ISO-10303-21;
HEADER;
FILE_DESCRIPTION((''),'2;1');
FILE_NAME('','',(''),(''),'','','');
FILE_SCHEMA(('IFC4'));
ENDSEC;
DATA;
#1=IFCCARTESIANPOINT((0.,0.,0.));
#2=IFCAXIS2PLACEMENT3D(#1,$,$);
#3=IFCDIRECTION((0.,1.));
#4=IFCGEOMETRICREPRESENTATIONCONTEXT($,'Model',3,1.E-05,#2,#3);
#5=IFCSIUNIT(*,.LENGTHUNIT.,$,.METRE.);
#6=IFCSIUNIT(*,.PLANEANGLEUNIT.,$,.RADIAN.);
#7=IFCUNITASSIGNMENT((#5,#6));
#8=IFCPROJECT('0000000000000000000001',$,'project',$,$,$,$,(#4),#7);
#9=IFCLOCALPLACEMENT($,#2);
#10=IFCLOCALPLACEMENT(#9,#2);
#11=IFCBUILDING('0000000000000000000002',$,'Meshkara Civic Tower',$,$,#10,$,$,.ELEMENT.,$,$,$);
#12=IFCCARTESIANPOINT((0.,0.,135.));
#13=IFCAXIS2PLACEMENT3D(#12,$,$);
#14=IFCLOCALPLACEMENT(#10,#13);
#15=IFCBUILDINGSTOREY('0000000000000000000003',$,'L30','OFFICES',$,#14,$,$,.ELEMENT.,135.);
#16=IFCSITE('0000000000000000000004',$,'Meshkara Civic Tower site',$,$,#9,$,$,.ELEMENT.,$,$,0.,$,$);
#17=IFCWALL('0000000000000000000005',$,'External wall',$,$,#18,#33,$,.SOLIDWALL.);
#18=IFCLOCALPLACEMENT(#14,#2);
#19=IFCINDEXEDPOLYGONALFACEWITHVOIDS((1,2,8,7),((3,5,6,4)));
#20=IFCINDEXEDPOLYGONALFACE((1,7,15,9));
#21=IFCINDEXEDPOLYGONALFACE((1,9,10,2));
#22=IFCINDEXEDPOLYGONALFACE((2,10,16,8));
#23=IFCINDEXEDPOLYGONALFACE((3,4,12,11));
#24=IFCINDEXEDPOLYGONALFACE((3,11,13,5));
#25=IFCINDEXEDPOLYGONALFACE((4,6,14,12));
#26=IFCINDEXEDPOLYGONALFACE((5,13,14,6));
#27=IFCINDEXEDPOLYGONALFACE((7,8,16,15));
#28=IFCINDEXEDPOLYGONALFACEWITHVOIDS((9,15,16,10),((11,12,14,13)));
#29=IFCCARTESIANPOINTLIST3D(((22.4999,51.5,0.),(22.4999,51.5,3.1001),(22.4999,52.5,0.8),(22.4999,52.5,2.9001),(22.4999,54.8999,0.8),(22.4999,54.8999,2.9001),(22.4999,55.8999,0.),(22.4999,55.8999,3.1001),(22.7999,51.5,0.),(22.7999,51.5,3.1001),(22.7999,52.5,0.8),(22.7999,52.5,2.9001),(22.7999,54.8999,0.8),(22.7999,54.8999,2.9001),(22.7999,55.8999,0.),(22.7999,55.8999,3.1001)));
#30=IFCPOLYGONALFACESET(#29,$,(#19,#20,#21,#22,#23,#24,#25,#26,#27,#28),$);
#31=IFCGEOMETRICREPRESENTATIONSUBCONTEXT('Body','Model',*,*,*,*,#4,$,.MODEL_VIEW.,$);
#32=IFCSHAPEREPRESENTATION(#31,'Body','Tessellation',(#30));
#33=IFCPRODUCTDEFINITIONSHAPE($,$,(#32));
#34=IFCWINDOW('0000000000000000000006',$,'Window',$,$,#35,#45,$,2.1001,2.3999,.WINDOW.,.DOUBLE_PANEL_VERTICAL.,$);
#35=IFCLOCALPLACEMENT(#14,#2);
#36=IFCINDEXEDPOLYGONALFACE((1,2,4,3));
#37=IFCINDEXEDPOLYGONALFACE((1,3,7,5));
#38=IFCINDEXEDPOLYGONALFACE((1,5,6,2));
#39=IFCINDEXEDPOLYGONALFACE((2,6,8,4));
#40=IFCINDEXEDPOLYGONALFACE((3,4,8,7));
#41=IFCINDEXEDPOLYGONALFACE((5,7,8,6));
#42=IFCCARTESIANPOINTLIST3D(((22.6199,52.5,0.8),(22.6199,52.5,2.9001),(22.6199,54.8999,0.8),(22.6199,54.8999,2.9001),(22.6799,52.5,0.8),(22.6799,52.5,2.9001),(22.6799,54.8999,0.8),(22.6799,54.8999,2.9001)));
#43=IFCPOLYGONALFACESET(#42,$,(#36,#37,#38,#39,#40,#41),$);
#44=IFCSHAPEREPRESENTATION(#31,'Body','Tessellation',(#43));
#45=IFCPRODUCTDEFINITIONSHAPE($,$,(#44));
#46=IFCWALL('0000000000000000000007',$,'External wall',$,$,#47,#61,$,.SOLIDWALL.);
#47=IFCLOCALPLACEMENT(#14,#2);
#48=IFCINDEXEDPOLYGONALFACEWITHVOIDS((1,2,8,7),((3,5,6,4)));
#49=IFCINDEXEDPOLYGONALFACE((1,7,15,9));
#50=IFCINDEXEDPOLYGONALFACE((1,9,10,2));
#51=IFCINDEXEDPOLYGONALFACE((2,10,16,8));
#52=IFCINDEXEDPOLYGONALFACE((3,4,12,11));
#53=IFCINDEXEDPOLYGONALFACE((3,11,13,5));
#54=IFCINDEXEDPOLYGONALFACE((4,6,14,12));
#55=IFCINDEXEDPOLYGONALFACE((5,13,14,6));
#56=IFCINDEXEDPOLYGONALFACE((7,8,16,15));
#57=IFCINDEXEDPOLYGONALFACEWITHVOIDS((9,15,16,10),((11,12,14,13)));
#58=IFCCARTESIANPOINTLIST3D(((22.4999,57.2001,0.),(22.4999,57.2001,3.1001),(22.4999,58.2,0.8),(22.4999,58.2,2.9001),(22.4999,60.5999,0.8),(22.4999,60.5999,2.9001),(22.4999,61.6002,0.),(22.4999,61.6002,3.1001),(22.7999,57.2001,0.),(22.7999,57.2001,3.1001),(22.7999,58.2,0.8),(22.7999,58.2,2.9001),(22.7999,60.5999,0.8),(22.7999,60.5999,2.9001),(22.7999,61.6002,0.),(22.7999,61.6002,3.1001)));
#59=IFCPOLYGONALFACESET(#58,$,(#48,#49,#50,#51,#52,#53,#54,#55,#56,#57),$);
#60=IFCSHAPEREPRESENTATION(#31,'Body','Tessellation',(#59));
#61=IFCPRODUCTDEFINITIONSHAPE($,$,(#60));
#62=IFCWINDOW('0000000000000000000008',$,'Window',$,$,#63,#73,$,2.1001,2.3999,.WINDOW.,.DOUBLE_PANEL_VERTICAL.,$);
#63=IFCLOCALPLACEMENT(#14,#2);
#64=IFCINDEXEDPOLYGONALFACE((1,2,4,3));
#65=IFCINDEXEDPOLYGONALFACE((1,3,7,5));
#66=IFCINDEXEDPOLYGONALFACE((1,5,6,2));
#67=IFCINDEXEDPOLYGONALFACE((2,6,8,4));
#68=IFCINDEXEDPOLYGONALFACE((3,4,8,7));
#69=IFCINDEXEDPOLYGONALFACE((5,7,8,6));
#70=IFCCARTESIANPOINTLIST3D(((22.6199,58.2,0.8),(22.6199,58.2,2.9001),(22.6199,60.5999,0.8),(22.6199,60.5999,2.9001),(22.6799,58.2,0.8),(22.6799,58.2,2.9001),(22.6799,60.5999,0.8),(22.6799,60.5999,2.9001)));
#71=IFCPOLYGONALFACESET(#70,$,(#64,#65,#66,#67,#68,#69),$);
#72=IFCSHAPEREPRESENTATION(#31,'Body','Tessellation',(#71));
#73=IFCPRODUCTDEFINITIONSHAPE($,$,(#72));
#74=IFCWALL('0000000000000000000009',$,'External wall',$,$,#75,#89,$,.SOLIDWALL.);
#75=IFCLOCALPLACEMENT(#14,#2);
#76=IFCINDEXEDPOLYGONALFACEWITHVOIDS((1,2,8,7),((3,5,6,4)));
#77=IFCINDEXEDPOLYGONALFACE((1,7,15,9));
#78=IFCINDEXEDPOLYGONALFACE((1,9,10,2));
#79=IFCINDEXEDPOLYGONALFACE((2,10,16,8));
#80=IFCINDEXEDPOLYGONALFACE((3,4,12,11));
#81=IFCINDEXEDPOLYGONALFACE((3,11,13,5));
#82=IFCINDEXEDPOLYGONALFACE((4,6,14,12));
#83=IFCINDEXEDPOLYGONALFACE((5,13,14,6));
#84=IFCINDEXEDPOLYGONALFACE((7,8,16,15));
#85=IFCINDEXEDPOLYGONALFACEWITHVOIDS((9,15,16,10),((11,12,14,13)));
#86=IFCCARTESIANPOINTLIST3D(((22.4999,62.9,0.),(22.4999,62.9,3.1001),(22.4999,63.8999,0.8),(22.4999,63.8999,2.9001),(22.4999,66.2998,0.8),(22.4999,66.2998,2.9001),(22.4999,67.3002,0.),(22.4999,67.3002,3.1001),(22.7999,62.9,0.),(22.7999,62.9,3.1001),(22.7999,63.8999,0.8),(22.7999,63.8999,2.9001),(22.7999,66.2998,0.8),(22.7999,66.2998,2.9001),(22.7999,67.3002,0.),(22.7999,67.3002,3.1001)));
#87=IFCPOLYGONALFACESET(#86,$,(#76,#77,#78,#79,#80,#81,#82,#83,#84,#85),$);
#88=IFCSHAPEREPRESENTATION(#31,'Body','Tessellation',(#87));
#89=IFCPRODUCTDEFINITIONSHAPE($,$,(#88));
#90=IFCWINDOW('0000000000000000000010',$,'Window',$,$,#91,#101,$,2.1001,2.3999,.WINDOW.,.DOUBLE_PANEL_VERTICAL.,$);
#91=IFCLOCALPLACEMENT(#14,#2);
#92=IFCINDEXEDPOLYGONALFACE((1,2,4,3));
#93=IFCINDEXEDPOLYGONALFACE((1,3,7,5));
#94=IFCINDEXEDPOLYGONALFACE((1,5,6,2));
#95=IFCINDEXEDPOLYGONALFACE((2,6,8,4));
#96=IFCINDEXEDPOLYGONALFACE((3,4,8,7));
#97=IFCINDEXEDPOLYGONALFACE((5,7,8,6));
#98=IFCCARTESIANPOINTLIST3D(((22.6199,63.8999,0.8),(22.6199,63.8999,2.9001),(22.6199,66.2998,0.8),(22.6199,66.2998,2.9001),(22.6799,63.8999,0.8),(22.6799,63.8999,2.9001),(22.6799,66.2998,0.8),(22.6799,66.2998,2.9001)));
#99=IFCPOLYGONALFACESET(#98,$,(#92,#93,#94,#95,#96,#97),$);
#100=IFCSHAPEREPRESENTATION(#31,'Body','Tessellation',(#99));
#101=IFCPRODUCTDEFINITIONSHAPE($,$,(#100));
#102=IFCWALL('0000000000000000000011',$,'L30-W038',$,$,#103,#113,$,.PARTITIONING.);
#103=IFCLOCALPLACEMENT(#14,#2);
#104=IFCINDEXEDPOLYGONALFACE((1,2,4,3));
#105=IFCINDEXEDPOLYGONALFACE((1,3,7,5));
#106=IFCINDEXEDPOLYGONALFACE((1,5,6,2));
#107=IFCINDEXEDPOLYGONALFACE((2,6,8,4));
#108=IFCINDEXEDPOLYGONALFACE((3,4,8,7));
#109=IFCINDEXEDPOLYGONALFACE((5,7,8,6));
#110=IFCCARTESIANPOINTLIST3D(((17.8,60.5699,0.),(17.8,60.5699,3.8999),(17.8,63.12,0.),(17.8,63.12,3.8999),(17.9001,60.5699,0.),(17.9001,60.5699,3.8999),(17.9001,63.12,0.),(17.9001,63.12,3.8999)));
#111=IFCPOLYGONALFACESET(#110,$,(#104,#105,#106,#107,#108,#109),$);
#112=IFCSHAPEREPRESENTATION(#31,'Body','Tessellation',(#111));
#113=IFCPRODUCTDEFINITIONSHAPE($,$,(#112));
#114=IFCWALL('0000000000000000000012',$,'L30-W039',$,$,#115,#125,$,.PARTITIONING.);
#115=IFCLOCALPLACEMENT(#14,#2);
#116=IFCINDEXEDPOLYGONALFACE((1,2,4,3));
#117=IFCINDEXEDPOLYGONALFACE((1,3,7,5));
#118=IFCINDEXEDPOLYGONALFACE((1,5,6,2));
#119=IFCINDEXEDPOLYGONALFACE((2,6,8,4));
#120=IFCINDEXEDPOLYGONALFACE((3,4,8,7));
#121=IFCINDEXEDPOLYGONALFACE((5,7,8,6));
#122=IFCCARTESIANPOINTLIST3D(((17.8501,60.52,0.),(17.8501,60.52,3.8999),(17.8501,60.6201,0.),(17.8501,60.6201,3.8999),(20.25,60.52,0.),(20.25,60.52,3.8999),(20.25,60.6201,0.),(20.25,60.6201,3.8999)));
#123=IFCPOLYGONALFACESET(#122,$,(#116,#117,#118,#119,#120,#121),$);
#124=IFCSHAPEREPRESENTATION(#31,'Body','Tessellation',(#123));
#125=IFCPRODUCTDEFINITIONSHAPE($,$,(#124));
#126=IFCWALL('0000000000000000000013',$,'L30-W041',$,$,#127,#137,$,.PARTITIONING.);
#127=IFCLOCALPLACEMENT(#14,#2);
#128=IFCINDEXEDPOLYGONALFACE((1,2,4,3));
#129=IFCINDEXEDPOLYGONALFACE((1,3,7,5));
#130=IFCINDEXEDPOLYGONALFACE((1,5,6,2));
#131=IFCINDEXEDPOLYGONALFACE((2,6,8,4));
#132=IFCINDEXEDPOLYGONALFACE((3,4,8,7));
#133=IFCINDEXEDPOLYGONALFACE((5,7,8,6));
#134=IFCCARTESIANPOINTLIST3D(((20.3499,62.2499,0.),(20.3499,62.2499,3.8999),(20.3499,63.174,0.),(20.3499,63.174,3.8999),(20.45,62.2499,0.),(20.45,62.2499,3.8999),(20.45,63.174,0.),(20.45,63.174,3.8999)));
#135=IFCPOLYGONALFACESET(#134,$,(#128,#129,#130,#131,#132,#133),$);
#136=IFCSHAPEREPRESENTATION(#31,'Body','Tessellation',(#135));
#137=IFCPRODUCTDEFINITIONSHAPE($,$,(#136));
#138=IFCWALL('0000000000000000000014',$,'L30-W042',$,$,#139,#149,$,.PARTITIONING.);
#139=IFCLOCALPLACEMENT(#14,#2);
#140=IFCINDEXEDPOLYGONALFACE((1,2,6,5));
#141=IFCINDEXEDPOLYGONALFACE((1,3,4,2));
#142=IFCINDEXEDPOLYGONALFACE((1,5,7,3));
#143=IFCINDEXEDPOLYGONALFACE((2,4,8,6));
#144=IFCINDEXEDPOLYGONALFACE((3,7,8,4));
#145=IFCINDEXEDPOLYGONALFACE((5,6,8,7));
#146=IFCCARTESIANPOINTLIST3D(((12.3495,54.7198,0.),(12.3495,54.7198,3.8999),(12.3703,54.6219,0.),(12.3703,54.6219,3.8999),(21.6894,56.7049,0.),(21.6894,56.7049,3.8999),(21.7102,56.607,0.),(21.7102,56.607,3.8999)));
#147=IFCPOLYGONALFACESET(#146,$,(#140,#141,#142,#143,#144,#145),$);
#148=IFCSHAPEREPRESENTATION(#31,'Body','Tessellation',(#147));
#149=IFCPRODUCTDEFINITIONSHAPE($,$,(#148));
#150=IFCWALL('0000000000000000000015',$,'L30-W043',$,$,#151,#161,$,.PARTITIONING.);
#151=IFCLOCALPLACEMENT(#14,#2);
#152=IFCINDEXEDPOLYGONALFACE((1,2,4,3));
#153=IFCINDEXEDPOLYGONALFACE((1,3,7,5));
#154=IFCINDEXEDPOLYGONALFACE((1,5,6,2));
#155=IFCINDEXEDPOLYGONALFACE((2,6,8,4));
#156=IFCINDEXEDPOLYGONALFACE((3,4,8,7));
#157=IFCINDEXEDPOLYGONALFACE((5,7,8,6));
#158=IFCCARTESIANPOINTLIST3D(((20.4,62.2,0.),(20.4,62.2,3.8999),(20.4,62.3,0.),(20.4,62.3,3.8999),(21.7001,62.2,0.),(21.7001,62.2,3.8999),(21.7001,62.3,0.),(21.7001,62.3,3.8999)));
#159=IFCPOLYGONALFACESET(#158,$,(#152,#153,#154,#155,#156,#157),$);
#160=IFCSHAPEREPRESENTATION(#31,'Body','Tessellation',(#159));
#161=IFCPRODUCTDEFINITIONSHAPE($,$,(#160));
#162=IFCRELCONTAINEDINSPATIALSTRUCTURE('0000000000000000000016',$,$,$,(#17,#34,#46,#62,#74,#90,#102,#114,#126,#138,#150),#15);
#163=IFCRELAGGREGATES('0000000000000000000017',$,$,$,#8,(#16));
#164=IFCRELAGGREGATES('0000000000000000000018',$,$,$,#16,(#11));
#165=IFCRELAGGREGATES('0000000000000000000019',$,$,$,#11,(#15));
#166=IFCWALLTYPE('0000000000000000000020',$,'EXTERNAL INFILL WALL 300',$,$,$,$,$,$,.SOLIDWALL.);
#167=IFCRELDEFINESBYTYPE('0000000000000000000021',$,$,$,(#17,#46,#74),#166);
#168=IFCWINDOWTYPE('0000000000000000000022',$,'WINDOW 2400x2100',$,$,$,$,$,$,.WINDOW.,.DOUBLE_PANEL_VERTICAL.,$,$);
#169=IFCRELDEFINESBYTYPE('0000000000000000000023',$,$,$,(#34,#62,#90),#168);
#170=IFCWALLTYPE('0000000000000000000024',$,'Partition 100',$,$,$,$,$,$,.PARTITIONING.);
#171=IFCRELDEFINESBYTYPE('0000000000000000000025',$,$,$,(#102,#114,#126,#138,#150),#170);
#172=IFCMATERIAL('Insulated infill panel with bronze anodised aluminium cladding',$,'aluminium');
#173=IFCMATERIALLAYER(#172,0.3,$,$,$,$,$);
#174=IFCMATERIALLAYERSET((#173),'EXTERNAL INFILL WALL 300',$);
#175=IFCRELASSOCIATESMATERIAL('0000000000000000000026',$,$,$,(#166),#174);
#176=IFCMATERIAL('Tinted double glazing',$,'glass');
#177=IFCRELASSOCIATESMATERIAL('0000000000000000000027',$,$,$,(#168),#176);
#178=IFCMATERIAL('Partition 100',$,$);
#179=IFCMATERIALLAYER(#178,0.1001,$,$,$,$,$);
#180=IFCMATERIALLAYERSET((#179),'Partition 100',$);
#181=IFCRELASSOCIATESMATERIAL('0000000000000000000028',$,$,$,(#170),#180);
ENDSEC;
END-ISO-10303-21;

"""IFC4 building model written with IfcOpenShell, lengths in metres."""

from ifc_helpers import new_model, si_unit, direction, frame, frame_2d, origin, place, context, subcontext, project, spatial, rectangle, extrude, material, layer, layer_set, type_object, element, fill, save


model = new_model("IFC4")

# Units and contexts
model_context = context("Model", 3, precision=1e-05, world=origin(), true_north=direction((0.0, 1.0)))
body_context = subcontext(model_context, "Body", "Model", "MODEL_VIEW")
ifc_project = project(units=[si_unit("LENGTHUNIT", "METRE"), si_unit("PLANEANGLEUNIT", "RADIAN")], contexts=[model_context])

# Site, building, storey
site_placement = place(None, origin())
site = spatial("IfcSite", under=ifc_project, at=site_placement, Name="Meshkara Civic Tower site", CompositionType="ELEMENT", RefElevation=0.0)
building_placement = place(site_placement, origin())
building = spatial("IfcBuilding", under=site, at=building_placement, Name="Meshkara Civic Tower", CompositionType="ELEMENT")
storey_placement = place(building_placement, frame((0.0, 0.0, 135.0)))
storey = spatial("IfcBuildingStorey", under=building, at=storey_placement, Name="L30", Description="OFFICES", CompositionType="ELEMENT", Elevation=135.0)

# Walls, openings, windows
ifc_material_1 = material(Name="Insulated infill panel with bronze anodised aluminium cladding", Category="aluminium")
ifc_layer_1 = layer(ifc_material_1, 0.3)
ifc_layer_set_1 = layer_set([ifc_layer_1], Name="EXTERNAL INFILL WALL 300")
wall_type_1 = type_object("IfcWallType", Name="EXTERNAL INFILL WALL 300", PredefinedType="SOLIDWALL", material=ifc_layer_set_1)
ifc_material_2 = material(Name="Tinted double glazing", Category="glass")
window_type = type_object("IfcWindowType", Name="WINDOW 2400x2100", PartitioningType="DOUBLE_PANEL_VERTICAL", PredefinedType="WINDOW", material=ifc_material_2)
wall_1_placement = place(storey_placement, frame((22.6499, 51.5, 0.0), z_axis=(0.0, 0.0, 1.0), x_axis=(0.0, 1.0, 0.0)))
wall_1 = element("IfcWall", 1, at=wall_1_placement, inside=storey, type_object=wall_type_1, Name="External wall", PredefinedType="SOLIDWALL", context=body_context, shape_type="SweptSolid", body=[
    extrude(rectangle(XDim=4.3999, YDim=0.3, at=frame_2d((2.2, 0.0))), origin(), (0.0, 0.0, 1.0), 3.1001),
])
opening_1_placement = place(wall_1_placement, frame((1.0, 0.0, 0.8)))
opening_1 = element("IfcOpeningElement", 2, at=opening_1_placement, cuts=wall_1, PredefinedType="OPENING", context=body_context, shape_type="SweptSolid", body=[
    extrude(rectangle(XDim=2.3999, YDim=2.1001, at=frame_2d((1.2, 1.05))), frame((0.0, 0.1599, 0.0), z_axis=(0.0, -1.0, 0.0), x_axis=(1.0, 0.0, 0.0)), (0.0, 0.0, 1.0), 0.3201),
])
window_1_placement = place(opening_1_placement, origin())
window_1 = element("IfcWindow", 3, at=window_1_placement, inside=storey, type_object=window_type, Name="Window", OverallHeight=2.1001, OverallWidth=2.3999, PartitioningType="DOUBLE_PANEL_VERTICAL", PredefinedType="WINDOW", context=body_context, shape_type="SweptSolid", body=[
    extrude(rectangle(XDim=2.3999, YDim=2.1001, at=frame_2d((1.2, 1.05))), frame((0.0, 0.03, 0.0), z_axis=(0.0, -1.0, 0.0), x_axis=(1.0, 0.0, 0.0)), (0.0, 0.0, 1.0), 0.0601),
])
fill(opening_1, window_1)
wall_2_placement = place(storey_placement, frame((22.6499, 57.2, 0.0), z_axis=(0.0, 0.0, 1.0), x_axis=(0.0, 1.0, 0.0)))
wall_2 = element("IfcWall", 4, at=wall_2_placement, inside=storey, type_object=wall_type_1, Name="External wall", PredefinedType="SOLIDWALL", context=body_context, shape_type="SweptSolid", body=[
    extrude(rectangle(XDim=4.4001, YDim=0.3, at=frame_2d((2.2002, 0.0))), origin(), (0.0, 0.0, 1.0), 3.1001),
])
opening_2_placement = place(wall_2_placement, frame((1.0, 0.0, 0.8)))
opening_2 = element("IfcOpeningElement", 5, at=opening_2_placement, cuts=wall_2, PredefinedType="OPENING", context=body_context, shape_type="SweptSolid", body=[
    extrude(rectangle(XDim=2.3999, YDim=2.1001, at=frame_2d((1.2, 1.05))), frame((0.0, 0.1599, 0.0), z_axis=(0.0, -1.0, 0.0), x_axis=(1.0, 0.0, 0.0)), (0.0, 0.0, 1.0), 0.3201),
])
window_2_placement = place(opening_2_placement, origin())
window_2 = element("IfcWindow", 6, at=window_2_placement, inside=storey, type_object=window_type, Name="Window", OverallHeight=2.1001, OverallWidth=2.3999, PartitioningType="DOUBLE_PANEL_VERTICAL", PredefinedType="WINDOW", context=body_context, shape_type="SweptSolid", body=[
    extrude(rectangle(XDim=2.3999, YDim=2.1001, at=frame_2d((1.2, 1.05))), frame((0.0, 0.03, 0.0), z_axis=(0.0, -1.0, 0.0), x_axis=(1.0, 0.0, 0.0)), (0.0, 0.0, 1.0), 0.0601),
])
fill(opening_2, window_2)
wall_3_placement = place(storey_placement, frame((22.6499, 62.8999, 0.0), z_axis=(0.0, 0.0, 1.0), x_axis=(0.0, 1.0, 0.0)))
wall_3 = element("IfcWall", 7, at=wall_3_placement, inside=storey, type_object=wall_type_1, Name="External wall", PredefinedType="SOLIDWALL", context=body_context, shape_type="SweptSolid", body=[
    extrude(rectangle(XDim=4.4001, YDim=0.3, at=frame_2d((2.2002, 0.0))), origin(), (0.0, 0.0, 1.0), 3.1001),
])
opening_3_placement = place(wall_3_placement, frame((1.0, 0.0, 0.8)))
opening_3 = element("IfcOpeningElement", 8, at=opening_3_placement, cuts=wall_3, PredefinedType="OPENING", context=body_context, shape_type="SweptSolid", body=[
    extrude(rectangle(XDim=2.3999, YDim=2.1001, at=frame_2d((1.2, 1.05))), frame((0.0, 0.1599, 0.0), z_axis=(0.0, -1.0, 0.0), x_axis=(1.0, 0.0, 0.0)), (0.0, 0.0, 1.0), 0.3201),
])
window_3_placement = place(opening_3_placement, origin())
window_3 = element("IfcWindow", 9, at=window_3_placement, inside=storey, type_object=window_type, Name="Window", OverallHeight=2.1001, OverallWidth=2.3999, PartitioningType="DOUBLE_PANEL_VERTICAL", PredefinedType="WINDOW", context=body_context, shape_type="SweptSolid", body=[
    extrude(rectangle(XDim=2.3999, YDim=2.1001, at=frame_2d((1.2, 1.05))), frame((0.0, 0.03, 0.0), z_axis=(0.0, -1.0, 0.0), x_axis=(1.0, 0.0, 0.0)), (0.0, 0.0, 1.0), 0.0601),
])
fill(opening_3, window_3)

# Walls
ifc_material_3 = material(Name="Partition 100")
ifc_layer_2 = layer(ifc_material_3, 0.1001)
ifc_layer_set_2 = layer_set([ifc_layer_2], Name="Partition 100")
wall_type_2 = type_object("IfcWallType", Name="Partition 100", PredefinedType="PARTITIONING", material=ifc_layer_set_2)
wall_4_placement = place(storey_placement, frame((17.8501, 60.5701, 0.0), z_axis=(0.0, 0.0, 1.0), x_axis=(0.0, 1.0, 0.0)))
element("IfcWall", 10, at=wall_4_placement, inside=storey, type_object=wall_type_2, Name="L30-W038", PredefinedType="PARTITIONING", context=body_context, shape_type="SweptSolid", body=[
    extrude(rectangle(XDim=2.55, YDim=0.1001, at=frame_2d((1.2749, 0.0))), origin(), (0.0, 0.0, 1.0), 3.8999),
])
wall_5_placement = place(storey_placement, frame((20.25, 60.5701, 0.0), z_axis=(0.0, 0.0, 1.0), x_axis=(-1.0, 0.0, 0.0)))
element("IfcWall", 11, at=wall_5_placement, inside=storey, type_object=wall_type_2, Name="L30-W039", PredefinedType="PARTITIONING", context=body_context, shape_type="SweptSolid", body=[
    extrude(rectangle(XDim=2.3999, YDim=0.1001, at=frame_2d((1.2, 0.0))), origin(), (0.0, 0.0, 1.0), 3.8999),
])
wall_6_placement = place(storey_placement, frame((20.3999, 62.25, 0.0), z_axis=(0.0, 0.0, 1.0), x_axis=(0.0, 1.0, 0.0)))
element("IfcWall", 12, at=wall_6_placement, inside=storey, type_object=wall_type_2, Name="L30-W041", PredefinedType="PARTITIONING", context=body_context, shape_type="SweptSolid", body=[
    extrude(rectangle(XDim=0.9241, YDim=0.1001, at=frame_2d((0.4619, 0.0))), origin(), (0.0, 0.0, 1.0), 3.8999),
])
wall_7_placement = place(storey_placement, frame((21.7, 56.656, 0.0), z_axis=(0.0, 0.0, 1.0), x_axis=(-0.978151, -0.207898, 0.0)))
element("IfcWall", 13, at=wall_7_placement, inside=storey, type_object=wall_type_2, Name="L30-W042", PredefinedType="PARTITIONING", context=body_context, shape_type="SweptSolid", body=[
    extrude(rectangle(XDim=9.5486, YDim=0.1001, at=frame_2d((4.7744, 0.0))), origin(), (0.0, 0.0, 1.0), 3.8999),
])
wall_8_placement = place(storey_placement, frame((21.7, 62.25, 0.0), z_axis=(0.0, 0.0, 1.0), x_axis=(-1.0, 0.0, 0.0)))
element("IfcWall", 14, at=wall_8_placement, inside=storey, type_object=wall_type_2, Name="L30-W043", PredefinedType="PARTITIONING", context=body_context, shape_type="SweptSolid", body=[
    extrude(rectangle(XDim=1.3, YDim=0.1001, at=frame_2d((0.6499, 0.0))), origin(), (0.0, 0.0, 1.0), 3.8999),
])

save(model, "model.ifc")
